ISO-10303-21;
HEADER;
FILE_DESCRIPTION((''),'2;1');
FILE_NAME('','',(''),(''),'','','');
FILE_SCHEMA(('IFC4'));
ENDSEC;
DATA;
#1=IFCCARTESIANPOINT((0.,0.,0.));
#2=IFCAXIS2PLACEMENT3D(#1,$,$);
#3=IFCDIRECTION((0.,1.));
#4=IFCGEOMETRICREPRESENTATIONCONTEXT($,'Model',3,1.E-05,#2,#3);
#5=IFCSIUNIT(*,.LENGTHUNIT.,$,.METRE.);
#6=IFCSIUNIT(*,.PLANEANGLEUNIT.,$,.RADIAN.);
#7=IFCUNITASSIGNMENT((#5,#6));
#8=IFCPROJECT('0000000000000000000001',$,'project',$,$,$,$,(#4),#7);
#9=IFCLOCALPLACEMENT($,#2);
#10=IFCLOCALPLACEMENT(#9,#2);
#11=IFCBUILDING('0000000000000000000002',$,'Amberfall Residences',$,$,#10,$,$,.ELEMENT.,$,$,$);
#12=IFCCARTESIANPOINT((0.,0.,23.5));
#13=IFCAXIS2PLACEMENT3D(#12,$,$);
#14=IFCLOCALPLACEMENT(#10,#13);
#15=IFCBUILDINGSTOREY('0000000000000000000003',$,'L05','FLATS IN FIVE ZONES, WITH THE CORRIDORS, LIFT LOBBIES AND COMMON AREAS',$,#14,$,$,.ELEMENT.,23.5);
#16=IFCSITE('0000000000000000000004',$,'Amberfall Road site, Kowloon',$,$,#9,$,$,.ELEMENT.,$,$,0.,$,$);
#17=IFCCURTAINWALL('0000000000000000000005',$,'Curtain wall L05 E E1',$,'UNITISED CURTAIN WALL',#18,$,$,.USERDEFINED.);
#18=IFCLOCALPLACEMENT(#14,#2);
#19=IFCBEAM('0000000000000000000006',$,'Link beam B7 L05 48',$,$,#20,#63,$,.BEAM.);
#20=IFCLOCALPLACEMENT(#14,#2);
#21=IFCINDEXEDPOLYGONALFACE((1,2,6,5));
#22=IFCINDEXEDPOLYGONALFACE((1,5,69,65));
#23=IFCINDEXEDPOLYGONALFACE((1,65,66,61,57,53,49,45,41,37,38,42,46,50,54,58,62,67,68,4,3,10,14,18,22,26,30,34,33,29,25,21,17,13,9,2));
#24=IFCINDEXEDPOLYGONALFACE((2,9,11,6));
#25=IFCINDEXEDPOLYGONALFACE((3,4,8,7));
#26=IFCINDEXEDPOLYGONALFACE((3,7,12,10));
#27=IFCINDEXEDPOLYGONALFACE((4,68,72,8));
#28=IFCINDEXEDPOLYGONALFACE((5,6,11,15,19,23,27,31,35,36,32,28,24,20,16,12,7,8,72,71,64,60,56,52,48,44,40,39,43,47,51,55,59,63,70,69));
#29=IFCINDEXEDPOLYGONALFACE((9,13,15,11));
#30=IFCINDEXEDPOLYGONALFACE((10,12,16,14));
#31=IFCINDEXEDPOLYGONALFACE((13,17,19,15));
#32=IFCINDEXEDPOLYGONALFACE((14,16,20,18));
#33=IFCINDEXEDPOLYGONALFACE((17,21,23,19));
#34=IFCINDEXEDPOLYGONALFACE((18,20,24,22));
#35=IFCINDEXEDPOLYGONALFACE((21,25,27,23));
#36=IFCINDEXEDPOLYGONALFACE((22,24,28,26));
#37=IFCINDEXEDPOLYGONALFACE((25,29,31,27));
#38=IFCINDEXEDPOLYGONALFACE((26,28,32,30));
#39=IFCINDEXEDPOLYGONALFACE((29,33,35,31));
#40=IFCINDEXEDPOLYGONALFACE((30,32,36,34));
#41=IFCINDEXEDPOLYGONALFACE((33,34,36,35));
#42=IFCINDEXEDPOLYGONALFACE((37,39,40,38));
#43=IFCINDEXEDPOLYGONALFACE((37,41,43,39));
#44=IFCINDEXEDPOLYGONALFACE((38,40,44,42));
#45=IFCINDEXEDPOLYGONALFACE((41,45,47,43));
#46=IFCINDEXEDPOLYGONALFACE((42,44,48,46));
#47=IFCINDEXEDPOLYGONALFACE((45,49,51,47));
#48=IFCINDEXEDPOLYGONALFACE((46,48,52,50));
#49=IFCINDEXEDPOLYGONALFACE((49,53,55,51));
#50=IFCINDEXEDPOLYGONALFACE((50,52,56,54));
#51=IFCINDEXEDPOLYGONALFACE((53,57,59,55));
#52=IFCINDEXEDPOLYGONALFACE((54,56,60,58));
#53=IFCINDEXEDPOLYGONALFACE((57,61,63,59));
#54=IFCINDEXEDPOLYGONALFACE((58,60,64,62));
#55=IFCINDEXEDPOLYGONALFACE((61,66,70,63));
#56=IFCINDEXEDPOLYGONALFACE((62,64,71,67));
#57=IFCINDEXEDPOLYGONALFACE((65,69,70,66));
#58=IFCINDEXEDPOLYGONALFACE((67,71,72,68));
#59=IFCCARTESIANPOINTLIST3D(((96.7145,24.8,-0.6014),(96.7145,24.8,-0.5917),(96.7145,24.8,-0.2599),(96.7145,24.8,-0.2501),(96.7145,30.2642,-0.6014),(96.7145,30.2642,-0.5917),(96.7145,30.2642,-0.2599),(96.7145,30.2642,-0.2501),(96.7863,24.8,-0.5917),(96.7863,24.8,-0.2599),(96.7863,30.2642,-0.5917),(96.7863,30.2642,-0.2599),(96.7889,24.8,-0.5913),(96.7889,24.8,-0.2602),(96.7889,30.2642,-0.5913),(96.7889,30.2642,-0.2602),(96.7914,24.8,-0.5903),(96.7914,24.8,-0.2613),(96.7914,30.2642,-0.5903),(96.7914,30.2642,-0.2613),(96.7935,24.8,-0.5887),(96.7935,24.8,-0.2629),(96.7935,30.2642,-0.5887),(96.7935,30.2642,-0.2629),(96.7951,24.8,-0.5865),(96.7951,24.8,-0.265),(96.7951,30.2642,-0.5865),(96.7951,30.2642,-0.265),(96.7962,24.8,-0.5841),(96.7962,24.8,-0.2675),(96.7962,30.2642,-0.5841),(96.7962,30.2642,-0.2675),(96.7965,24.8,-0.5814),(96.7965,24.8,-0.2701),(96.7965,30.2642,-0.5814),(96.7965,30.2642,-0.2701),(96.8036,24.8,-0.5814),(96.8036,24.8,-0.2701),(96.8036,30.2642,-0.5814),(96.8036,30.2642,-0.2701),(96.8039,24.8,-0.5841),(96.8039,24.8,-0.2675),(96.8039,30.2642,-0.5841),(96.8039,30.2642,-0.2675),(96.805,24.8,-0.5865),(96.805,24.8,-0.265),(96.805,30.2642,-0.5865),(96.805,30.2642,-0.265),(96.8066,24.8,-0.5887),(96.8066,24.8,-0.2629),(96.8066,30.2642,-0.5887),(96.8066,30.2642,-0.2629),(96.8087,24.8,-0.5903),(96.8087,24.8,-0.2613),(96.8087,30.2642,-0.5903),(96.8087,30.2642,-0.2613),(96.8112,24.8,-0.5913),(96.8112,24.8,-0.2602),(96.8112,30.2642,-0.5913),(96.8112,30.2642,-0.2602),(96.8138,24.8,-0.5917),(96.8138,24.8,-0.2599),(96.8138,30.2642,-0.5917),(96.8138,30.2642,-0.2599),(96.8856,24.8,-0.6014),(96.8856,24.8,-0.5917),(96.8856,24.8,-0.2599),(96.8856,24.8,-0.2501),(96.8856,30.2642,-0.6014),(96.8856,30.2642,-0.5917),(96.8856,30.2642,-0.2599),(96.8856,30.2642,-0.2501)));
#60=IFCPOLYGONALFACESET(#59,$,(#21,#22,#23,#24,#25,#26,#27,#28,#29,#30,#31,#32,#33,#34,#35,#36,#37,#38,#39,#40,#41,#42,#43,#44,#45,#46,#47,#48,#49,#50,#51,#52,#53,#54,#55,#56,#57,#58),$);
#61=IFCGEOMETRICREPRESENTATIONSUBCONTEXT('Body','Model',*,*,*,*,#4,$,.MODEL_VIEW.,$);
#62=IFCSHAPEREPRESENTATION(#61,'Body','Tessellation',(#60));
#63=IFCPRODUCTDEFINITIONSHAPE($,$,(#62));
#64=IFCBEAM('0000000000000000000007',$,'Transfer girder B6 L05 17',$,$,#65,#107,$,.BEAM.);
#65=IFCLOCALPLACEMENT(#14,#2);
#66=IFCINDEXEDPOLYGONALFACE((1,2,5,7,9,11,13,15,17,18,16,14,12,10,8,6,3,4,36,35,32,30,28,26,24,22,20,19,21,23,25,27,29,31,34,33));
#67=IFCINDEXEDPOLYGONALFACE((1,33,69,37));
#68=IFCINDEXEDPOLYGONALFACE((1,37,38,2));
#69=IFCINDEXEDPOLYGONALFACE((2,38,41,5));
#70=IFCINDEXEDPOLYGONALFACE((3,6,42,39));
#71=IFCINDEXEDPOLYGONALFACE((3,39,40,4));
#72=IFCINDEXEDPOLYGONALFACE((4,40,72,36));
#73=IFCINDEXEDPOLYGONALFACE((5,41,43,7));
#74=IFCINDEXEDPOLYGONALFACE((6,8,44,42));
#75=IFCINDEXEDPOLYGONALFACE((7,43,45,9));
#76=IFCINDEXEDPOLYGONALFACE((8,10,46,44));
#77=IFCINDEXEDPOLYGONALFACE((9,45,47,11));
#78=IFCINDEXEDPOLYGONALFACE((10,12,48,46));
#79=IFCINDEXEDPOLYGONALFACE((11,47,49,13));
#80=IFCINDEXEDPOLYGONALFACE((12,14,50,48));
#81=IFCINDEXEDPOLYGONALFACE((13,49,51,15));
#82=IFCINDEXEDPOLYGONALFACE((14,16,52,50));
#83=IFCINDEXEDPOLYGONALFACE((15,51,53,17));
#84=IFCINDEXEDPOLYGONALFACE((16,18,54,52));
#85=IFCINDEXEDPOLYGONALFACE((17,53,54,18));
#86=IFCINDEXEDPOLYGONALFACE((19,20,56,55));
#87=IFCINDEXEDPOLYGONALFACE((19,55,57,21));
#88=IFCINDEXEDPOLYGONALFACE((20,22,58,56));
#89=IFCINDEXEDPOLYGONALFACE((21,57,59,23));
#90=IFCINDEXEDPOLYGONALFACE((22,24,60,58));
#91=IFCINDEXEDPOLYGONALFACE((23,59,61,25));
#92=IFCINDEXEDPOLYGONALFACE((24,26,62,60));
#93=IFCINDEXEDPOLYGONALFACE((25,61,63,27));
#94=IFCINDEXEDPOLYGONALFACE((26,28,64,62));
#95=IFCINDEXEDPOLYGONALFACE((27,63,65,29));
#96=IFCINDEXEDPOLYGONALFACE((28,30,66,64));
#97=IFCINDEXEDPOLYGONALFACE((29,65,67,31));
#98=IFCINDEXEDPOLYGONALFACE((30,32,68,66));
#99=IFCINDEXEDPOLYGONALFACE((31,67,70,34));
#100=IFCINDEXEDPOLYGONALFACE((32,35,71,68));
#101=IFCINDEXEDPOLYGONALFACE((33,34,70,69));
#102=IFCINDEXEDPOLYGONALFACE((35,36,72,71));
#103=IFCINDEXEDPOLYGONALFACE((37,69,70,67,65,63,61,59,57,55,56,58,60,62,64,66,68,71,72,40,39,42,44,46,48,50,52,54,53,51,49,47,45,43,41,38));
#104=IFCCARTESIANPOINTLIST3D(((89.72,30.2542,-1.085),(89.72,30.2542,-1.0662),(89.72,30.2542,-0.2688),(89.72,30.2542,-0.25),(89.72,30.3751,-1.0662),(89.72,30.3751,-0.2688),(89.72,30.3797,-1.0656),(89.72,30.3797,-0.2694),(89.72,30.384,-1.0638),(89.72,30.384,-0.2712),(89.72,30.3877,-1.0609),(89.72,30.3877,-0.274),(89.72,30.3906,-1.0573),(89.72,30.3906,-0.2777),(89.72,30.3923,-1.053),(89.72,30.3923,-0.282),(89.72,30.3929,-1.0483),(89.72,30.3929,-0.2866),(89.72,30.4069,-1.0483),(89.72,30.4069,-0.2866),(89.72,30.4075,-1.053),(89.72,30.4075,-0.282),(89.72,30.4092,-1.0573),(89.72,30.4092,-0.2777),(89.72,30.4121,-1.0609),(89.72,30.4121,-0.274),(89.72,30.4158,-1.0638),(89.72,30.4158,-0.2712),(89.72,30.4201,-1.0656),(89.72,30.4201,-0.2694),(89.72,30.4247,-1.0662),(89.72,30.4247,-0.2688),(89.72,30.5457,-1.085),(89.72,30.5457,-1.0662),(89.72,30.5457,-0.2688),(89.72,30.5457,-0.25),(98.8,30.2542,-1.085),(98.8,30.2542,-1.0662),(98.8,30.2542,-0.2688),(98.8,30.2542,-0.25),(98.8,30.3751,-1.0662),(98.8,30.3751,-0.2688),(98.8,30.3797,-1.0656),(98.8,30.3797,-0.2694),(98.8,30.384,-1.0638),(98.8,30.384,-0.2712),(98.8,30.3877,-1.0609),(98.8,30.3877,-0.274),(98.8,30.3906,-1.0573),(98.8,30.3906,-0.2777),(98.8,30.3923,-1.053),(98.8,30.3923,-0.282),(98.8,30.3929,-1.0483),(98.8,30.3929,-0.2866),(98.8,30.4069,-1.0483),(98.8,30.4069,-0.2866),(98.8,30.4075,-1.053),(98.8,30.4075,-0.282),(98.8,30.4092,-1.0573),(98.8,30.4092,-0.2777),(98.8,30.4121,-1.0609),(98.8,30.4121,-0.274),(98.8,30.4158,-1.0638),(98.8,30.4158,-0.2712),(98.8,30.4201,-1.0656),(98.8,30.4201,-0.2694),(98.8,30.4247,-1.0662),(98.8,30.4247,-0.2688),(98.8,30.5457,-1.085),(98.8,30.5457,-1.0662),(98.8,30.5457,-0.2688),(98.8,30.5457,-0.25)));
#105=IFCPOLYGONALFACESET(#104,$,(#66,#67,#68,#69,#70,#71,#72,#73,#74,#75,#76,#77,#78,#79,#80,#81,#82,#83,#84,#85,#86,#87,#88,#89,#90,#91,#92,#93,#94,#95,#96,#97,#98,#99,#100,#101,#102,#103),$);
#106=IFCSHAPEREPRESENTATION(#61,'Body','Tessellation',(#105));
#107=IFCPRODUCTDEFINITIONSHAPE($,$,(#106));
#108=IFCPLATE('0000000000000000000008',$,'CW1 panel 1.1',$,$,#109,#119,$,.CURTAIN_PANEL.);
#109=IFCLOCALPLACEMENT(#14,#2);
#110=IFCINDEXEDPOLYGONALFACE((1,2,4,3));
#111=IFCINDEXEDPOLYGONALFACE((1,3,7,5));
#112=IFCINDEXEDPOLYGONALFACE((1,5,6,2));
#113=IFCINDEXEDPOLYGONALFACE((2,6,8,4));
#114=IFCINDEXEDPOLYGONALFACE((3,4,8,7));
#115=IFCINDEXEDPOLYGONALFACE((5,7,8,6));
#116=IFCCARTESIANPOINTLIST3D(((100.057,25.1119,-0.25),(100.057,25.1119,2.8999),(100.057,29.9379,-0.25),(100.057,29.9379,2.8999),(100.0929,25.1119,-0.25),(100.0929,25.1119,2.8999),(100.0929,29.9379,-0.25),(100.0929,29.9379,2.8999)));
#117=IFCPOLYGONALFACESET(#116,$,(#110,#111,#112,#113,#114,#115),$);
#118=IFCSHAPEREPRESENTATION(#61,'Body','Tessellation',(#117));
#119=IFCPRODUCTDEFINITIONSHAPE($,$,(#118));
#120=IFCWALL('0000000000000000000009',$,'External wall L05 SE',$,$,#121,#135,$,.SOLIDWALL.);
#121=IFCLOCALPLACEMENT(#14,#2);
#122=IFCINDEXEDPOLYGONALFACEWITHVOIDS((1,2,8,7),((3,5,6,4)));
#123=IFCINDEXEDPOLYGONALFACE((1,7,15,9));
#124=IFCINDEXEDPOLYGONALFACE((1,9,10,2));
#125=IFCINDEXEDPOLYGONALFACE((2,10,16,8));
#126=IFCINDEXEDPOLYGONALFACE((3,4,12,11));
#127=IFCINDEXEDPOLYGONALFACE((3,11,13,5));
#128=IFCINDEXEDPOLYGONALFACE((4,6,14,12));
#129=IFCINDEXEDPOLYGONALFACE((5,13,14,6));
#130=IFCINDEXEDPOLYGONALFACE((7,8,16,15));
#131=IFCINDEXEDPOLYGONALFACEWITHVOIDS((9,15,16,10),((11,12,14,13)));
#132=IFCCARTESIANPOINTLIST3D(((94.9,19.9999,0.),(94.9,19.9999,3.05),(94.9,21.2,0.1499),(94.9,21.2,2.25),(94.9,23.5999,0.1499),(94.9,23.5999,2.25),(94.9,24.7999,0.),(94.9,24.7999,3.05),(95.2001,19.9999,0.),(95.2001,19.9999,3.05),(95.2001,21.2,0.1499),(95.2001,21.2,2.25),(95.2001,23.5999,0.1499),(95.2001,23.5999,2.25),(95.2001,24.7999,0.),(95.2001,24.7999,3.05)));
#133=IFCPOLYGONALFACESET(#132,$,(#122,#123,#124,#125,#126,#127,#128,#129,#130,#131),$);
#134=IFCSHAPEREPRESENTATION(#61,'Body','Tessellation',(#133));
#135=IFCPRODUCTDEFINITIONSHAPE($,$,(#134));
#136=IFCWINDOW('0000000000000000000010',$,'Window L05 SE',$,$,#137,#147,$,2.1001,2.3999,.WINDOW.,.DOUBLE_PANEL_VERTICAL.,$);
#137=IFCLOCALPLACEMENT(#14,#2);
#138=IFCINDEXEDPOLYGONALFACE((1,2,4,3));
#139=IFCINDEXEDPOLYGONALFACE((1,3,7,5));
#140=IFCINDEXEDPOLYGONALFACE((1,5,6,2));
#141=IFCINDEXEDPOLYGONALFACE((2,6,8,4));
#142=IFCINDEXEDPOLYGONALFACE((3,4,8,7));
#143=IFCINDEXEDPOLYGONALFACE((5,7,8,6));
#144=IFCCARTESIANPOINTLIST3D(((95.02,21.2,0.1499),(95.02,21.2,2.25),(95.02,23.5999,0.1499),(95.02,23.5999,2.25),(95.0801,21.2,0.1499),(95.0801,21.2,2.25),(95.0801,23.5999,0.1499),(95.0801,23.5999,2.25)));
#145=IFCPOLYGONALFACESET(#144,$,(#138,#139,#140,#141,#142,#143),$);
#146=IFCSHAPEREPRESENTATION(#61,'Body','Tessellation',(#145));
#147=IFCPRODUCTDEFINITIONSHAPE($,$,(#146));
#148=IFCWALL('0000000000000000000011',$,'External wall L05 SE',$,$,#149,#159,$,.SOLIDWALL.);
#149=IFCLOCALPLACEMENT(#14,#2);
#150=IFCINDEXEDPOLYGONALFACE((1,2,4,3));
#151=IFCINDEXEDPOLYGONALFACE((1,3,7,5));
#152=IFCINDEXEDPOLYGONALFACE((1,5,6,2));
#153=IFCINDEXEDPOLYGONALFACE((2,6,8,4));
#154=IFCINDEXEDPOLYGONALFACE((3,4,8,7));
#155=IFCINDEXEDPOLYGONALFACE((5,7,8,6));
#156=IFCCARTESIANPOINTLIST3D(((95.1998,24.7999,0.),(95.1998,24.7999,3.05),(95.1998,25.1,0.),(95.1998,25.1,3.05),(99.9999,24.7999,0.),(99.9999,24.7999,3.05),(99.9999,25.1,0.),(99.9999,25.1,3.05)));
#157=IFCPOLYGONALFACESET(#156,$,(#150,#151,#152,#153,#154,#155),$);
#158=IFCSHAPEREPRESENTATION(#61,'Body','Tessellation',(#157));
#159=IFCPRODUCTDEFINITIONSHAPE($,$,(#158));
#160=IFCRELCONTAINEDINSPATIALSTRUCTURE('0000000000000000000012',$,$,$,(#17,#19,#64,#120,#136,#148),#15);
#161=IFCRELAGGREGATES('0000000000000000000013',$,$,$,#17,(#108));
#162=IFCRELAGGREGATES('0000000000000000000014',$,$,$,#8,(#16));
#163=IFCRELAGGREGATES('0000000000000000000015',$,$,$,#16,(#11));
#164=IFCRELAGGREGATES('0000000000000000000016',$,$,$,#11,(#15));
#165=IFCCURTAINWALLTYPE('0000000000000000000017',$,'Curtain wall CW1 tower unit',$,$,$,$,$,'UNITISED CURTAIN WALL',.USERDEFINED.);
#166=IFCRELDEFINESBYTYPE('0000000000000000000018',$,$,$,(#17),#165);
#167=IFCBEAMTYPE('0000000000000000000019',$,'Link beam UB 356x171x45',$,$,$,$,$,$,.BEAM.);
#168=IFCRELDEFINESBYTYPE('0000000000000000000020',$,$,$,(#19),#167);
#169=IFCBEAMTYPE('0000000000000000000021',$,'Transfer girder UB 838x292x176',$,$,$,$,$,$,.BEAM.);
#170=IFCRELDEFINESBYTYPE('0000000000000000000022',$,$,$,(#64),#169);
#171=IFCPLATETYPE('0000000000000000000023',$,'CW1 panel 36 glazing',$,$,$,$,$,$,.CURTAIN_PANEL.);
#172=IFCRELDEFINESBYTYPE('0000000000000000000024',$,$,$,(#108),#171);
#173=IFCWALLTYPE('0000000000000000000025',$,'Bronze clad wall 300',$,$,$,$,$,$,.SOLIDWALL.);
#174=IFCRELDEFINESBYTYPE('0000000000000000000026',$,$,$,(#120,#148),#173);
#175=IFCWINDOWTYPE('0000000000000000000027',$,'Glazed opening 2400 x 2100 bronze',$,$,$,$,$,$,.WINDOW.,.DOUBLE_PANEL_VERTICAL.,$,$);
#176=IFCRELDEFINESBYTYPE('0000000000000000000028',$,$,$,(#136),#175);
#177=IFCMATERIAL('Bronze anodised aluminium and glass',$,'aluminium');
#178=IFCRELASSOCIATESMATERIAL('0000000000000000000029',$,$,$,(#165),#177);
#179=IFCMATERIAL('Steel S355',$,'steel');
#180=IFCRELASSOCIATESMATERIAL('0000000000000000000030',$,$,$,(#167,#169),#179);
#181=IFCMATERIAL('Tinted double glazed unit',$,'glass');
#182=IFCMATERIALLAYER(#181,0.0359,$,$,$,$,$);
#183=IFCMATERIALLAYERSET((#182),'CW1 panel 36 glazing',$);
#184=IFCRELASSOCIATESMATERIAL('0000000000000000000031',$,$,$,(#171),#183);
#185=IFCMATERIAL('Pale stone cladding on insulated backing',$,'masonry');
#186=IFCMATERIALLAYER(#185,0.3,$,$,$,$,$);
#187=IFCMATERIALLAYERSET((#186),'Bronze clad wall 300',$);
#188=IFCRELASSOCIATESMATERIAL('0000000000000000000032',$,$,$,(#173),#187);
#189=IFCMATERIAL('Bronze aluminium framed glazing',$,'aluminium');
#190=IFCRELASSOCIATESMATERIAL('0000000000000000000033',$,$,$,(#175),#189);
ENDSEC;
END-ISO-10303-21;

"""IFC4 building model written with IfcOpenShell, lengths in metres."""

from ifc_helpers import new_model, si_unit, direction, frame, frame_2d, origin, origin_2d, place, context, subcontext, project, spatial, rectangle, i_section, extrude, material, layer, layer_set, material_profile, profile_set, type_object, element, fill, aggregate, save


model = new_model("IFC4")

# Units and contexts
model_context = context("Model", 3, precision=1e-05, world=origin(), true_north=direction((0.0, 1.0)))
body_context = subcontext(model_context, "Body", "Model", "MODEL_VIEW")
ifc_project = project(units=[si_unit("LENGTHUNIT", "METRE"), si_unit("PLANEANGLEUNIT", "RADIAN")], contexts=[model_context])

# Site, building, storey
site_placement = place(None, origin())
site = spatial("IfcSite", under=ifc_project, at=site_placement, Name="Amberfall Road site, Kowloon", CompositionType="ELEMENT", RefElevation=0.0)
building_placement = place(site_placement, origin())
building = spatial("IfcBuilding", under=site, at=building_placement, Name="Amberfall Residences", CompositionType="ELEMENT")
storey_placement = place(building_placement, frame((0.0, 0.0, 23.5)))
storey = spatial("IfcBuildingStorey", under=building, at=storey_placement, Name="L05", Description="FLATS IN FIVE ZONES, WITH THE CORRIDORS, LIFT LOBBIES AND COMMON AREAS", CompositionType="ELEMENT", Elevation=23.5)

# Curtain wall
ifc_material_1 = material(Name="Bronze anodised aluminium and glass", Category="aluminium")
curtain_wall_type = type_object("IfcCurtainWallType", Name="Curtain wall CW1 tower unit", ElementType="UNITISED CURTAIN WALL", PredefinedType="USERDEFINED", material=ifc_material_1)
curtain_wall_1_placement = place(storey_placement, origin())
curtain_wall_1 = element("IfcCurtainWall", 1, at=curtain_wall_1_placement, inside=storey, type_object=curtain_wall_type, Name="Curtain wall L05 E E1", ObjectType="UNITISED CURTAIN WALL", PredefinedType="USERDEFINED")

# Shared definitions
ifc_material_2 = material(Name="Steel S355", Category="steel")

# Beams
ifc_material_profile_1 = material_profile(ifc_material_2, i_section(OverallWidth=0.1711, OverallDepth=0.3513, WebThickness=0.0071, FlangeThickness=0.0098, FilletRadius=0.0103, at=origin_2d()), Name="UB 356x171x45")
ifc_profile_set_1 = profile_set([ifc_material_profile_1], Name="Steel S355")
beam_type_1 = type_object("IfcBeamType", Name="Link beam UB 356x171x45", PredefinedType="BEAM", material=ifc_profile_set_1)
beam_1_placement = place(storey_placement, frame((96.8, 24.8, -0.4258), z_axis=(0.0, 1.0, 0.0), x_axis=(-1.0, 0.0, 0.0)))
element("IfcBeam", 2, at=beam_1_placement, inside=storey, type_object=beam_type_1, Name="Link beam B7 L05 48", PredefinedType="BEAM", context=body_context, shape_type="SweptSolid", body=[
    extrude(i_section(OverallWidth=0.1711, OverallDepth=0.3513, WebThickness=0.0071, FlangeThickness=0.0098, FilletRadius=0.0103, at=origin_2d()), origin(), (0.0, 0.0, 1.0), 5.4641),
])
ifc_material_profile_2 = material_profile(ifc_material_2, i_section(OverallWidth=0.2915, OverallDepth=0.835, WebThickness=0.0139, FlangeThickness=0.0188, FilletRadius=0.0178, at=origin_2d()), Name="UB 838x292x176")
ifc_profile_set_2 = profile_set([ifc_material_profile_2], Name="Steel S355")
beam_type_2 = type_object("IfcBeamType", Name="Transfer girder UB 838x292x176", PredefinedType="BEAM", material=ifc_profile_set_2)
beam_2_placement = place(storey_placement, frame((98.8, 30.3999, -0.6675), z_axis=(-1.0, 0.0, 0.0), x_axis=(0.0, -1.0, 0.0)))
element("IfcBeam", 3, at=beam_2_placement, inside=storey, type_object=beam_type_2, Name="Transfer girder B6 L05 17", PredefinedType="BEAM", context=body_context, shape_type="SweptSolid", body=[
    extrude(i_section(OverallWidth=0.2915, OverallDepth=0.835, WebThickness=0.0139, FlangeThickness=0.0188, FilletRadius=0.0178, at=origin_2d()), origin(), (0.0, 0.0, 1.0), 9.0801),
])

# Plate
ifc_material_3 = material(Name="Tinted double glazed unit", Category="glass")
ifc_layer_1 = layer(ifc_material_3, 0.0359)
ifc_layer_set_1 = layer_set([ifc_layer_1], Name="CW1 panel 36 glazing")
plate_type = type_object("IfcPlateType", Name="CW1 panel 36 glazing", PredefinedType="CURTAIN_PANEL", material=ifc_layer_set_1)
plate_placement = place(storey_placement, frame((100.075, 27.5249, -0.25), z_axis=(0.0, 0.0, 1.0), x_axis=(0.0, 1.0, 0.0)))
plate = element("IfcPlate", 4, at=plate_placement, type_object=plate_type, Name="CW1 panel 1.1", PredefinedType="CURTAIN_PANEL", context=body_context, shape_type="SweptSolid", body=[
    extrude(rectangle(XDim=4.8259, YDim=0.0359, at=origin_2d()), origin(), (0.0, 0.0, 1.0), 3.1499),
])
aggregate(curtain_wall_1, [plate])

# Wall, opening, window
ifc_material_4 = material(Name="Pale stone cladding on insulated backing", Category="masonry")
ifc_layer_2 = layer(ifc_material_4, 0.3)
ifc_layer_set_2 = layer_set([ifc_layer_2], Name="Bronze clad wall 300")
wall_type = type_object("IfcWallType", Name="Bronze clad wall 300", PredefinedType="SOLIDWALL", material=ifc_layer_set_2)
wall_1_placement = place(storey_placement, frame((95.05, 20.0, 0.0), z_axis=(0.0, 0.0, 1.0), x_axis=(0.0, 1.0, 0.0)))
wall_1 = element("IfcWall", 5, at=wall_1_placement, inside=storey, type_object=wall_type, Name="External wall L05 SE", PredefinedType="SOLIDWALL", context=body_context, shape_type="SweptSolid", body=[
    extrude(rectangle(XDim=4.8, YDim=0.3, at=frame_2d((2.3999, 0.0))), origin(), (0.0, 0.0, 1.0), 3.05),
])
opening_1_placement = place(wall_1_placement, frame((1.2, 0.0, 0.1499)))
opening_1 = element("IfcOpeningElement", 6, at=opening_1_placement, cuts=wall_1, PredefinedType="OPENING", context=body_context, shape_type="SweptSolid", body=[
    extrude(rectangle(XDim=2.3999, YDim=2.1001, at=frame_2d((1.2, 1.05))), frame((0.0, 0.1599, 0.0), z_axis=(0.0, -1.0, 0.0), x_axis=(1.0, 0.0, 0.0)), (0.0, 0.0, 1.0), 0.3201),
])
ifc_material_5 = material(Name="Bronze aluminium framed glazing", Category="aluminium")
window_type_1 = type_object("IfcWindowType", Name="Glazed opening 2400 x 2100 bronze", PartitioningType="DOUBLE_PANEL_VERTICAL", PredefinedType="WINDOW", material=ifc_material_5)
window_1_placement = place(opening_1_placement, origin())
window_1 = element("IfcWindow", 7, at=window_1_placement, inside=storey, type_object=window_type_1, Name="Window L05 SE", OverallHeight=2.1001, OverallWidth=2.3999, PartitioningType="DOUBLE_PANEL_VERTICAL", PredefinedType="WINDOW", context=body_context, shape_type="SweptSolid", body=[
    extrude(rectangle(XDim=2.3999, YDim=2.1001, at=frame_2d((1.2, 1.05))), frame((0.0, 0.03, 0.0), z_axis=(0.0, -1.0, 0.0), x_axis=(1.0, 0.0, 0.0)), (0.0, 0.0, 1.0), 0.0601),
])
fill(opening_1, window_1)

# Wall
wall_2_placement = place(storey_placement, frame((95.2, 24.95, 0.0), z_axis=(0.0, 0.0, 1.0), x_axis=(1.0, 0.0, 0.0)))
element("IfcWall", 8, at=wall_2_placement, inside=storey, type_object=wall_type, Name="External wall L05 SE", PredefinedType="SOLIDWALL", context=body_context, shape_type="SweptSolid", body=[
    extrude(rectangle(XDim=4.8, YDim=0.3, at=frame_2d((2.3999, 0.0))), origin(), (0.0, 0.0, 1.0), 3.05),
])

save(model, "model.ifc")
